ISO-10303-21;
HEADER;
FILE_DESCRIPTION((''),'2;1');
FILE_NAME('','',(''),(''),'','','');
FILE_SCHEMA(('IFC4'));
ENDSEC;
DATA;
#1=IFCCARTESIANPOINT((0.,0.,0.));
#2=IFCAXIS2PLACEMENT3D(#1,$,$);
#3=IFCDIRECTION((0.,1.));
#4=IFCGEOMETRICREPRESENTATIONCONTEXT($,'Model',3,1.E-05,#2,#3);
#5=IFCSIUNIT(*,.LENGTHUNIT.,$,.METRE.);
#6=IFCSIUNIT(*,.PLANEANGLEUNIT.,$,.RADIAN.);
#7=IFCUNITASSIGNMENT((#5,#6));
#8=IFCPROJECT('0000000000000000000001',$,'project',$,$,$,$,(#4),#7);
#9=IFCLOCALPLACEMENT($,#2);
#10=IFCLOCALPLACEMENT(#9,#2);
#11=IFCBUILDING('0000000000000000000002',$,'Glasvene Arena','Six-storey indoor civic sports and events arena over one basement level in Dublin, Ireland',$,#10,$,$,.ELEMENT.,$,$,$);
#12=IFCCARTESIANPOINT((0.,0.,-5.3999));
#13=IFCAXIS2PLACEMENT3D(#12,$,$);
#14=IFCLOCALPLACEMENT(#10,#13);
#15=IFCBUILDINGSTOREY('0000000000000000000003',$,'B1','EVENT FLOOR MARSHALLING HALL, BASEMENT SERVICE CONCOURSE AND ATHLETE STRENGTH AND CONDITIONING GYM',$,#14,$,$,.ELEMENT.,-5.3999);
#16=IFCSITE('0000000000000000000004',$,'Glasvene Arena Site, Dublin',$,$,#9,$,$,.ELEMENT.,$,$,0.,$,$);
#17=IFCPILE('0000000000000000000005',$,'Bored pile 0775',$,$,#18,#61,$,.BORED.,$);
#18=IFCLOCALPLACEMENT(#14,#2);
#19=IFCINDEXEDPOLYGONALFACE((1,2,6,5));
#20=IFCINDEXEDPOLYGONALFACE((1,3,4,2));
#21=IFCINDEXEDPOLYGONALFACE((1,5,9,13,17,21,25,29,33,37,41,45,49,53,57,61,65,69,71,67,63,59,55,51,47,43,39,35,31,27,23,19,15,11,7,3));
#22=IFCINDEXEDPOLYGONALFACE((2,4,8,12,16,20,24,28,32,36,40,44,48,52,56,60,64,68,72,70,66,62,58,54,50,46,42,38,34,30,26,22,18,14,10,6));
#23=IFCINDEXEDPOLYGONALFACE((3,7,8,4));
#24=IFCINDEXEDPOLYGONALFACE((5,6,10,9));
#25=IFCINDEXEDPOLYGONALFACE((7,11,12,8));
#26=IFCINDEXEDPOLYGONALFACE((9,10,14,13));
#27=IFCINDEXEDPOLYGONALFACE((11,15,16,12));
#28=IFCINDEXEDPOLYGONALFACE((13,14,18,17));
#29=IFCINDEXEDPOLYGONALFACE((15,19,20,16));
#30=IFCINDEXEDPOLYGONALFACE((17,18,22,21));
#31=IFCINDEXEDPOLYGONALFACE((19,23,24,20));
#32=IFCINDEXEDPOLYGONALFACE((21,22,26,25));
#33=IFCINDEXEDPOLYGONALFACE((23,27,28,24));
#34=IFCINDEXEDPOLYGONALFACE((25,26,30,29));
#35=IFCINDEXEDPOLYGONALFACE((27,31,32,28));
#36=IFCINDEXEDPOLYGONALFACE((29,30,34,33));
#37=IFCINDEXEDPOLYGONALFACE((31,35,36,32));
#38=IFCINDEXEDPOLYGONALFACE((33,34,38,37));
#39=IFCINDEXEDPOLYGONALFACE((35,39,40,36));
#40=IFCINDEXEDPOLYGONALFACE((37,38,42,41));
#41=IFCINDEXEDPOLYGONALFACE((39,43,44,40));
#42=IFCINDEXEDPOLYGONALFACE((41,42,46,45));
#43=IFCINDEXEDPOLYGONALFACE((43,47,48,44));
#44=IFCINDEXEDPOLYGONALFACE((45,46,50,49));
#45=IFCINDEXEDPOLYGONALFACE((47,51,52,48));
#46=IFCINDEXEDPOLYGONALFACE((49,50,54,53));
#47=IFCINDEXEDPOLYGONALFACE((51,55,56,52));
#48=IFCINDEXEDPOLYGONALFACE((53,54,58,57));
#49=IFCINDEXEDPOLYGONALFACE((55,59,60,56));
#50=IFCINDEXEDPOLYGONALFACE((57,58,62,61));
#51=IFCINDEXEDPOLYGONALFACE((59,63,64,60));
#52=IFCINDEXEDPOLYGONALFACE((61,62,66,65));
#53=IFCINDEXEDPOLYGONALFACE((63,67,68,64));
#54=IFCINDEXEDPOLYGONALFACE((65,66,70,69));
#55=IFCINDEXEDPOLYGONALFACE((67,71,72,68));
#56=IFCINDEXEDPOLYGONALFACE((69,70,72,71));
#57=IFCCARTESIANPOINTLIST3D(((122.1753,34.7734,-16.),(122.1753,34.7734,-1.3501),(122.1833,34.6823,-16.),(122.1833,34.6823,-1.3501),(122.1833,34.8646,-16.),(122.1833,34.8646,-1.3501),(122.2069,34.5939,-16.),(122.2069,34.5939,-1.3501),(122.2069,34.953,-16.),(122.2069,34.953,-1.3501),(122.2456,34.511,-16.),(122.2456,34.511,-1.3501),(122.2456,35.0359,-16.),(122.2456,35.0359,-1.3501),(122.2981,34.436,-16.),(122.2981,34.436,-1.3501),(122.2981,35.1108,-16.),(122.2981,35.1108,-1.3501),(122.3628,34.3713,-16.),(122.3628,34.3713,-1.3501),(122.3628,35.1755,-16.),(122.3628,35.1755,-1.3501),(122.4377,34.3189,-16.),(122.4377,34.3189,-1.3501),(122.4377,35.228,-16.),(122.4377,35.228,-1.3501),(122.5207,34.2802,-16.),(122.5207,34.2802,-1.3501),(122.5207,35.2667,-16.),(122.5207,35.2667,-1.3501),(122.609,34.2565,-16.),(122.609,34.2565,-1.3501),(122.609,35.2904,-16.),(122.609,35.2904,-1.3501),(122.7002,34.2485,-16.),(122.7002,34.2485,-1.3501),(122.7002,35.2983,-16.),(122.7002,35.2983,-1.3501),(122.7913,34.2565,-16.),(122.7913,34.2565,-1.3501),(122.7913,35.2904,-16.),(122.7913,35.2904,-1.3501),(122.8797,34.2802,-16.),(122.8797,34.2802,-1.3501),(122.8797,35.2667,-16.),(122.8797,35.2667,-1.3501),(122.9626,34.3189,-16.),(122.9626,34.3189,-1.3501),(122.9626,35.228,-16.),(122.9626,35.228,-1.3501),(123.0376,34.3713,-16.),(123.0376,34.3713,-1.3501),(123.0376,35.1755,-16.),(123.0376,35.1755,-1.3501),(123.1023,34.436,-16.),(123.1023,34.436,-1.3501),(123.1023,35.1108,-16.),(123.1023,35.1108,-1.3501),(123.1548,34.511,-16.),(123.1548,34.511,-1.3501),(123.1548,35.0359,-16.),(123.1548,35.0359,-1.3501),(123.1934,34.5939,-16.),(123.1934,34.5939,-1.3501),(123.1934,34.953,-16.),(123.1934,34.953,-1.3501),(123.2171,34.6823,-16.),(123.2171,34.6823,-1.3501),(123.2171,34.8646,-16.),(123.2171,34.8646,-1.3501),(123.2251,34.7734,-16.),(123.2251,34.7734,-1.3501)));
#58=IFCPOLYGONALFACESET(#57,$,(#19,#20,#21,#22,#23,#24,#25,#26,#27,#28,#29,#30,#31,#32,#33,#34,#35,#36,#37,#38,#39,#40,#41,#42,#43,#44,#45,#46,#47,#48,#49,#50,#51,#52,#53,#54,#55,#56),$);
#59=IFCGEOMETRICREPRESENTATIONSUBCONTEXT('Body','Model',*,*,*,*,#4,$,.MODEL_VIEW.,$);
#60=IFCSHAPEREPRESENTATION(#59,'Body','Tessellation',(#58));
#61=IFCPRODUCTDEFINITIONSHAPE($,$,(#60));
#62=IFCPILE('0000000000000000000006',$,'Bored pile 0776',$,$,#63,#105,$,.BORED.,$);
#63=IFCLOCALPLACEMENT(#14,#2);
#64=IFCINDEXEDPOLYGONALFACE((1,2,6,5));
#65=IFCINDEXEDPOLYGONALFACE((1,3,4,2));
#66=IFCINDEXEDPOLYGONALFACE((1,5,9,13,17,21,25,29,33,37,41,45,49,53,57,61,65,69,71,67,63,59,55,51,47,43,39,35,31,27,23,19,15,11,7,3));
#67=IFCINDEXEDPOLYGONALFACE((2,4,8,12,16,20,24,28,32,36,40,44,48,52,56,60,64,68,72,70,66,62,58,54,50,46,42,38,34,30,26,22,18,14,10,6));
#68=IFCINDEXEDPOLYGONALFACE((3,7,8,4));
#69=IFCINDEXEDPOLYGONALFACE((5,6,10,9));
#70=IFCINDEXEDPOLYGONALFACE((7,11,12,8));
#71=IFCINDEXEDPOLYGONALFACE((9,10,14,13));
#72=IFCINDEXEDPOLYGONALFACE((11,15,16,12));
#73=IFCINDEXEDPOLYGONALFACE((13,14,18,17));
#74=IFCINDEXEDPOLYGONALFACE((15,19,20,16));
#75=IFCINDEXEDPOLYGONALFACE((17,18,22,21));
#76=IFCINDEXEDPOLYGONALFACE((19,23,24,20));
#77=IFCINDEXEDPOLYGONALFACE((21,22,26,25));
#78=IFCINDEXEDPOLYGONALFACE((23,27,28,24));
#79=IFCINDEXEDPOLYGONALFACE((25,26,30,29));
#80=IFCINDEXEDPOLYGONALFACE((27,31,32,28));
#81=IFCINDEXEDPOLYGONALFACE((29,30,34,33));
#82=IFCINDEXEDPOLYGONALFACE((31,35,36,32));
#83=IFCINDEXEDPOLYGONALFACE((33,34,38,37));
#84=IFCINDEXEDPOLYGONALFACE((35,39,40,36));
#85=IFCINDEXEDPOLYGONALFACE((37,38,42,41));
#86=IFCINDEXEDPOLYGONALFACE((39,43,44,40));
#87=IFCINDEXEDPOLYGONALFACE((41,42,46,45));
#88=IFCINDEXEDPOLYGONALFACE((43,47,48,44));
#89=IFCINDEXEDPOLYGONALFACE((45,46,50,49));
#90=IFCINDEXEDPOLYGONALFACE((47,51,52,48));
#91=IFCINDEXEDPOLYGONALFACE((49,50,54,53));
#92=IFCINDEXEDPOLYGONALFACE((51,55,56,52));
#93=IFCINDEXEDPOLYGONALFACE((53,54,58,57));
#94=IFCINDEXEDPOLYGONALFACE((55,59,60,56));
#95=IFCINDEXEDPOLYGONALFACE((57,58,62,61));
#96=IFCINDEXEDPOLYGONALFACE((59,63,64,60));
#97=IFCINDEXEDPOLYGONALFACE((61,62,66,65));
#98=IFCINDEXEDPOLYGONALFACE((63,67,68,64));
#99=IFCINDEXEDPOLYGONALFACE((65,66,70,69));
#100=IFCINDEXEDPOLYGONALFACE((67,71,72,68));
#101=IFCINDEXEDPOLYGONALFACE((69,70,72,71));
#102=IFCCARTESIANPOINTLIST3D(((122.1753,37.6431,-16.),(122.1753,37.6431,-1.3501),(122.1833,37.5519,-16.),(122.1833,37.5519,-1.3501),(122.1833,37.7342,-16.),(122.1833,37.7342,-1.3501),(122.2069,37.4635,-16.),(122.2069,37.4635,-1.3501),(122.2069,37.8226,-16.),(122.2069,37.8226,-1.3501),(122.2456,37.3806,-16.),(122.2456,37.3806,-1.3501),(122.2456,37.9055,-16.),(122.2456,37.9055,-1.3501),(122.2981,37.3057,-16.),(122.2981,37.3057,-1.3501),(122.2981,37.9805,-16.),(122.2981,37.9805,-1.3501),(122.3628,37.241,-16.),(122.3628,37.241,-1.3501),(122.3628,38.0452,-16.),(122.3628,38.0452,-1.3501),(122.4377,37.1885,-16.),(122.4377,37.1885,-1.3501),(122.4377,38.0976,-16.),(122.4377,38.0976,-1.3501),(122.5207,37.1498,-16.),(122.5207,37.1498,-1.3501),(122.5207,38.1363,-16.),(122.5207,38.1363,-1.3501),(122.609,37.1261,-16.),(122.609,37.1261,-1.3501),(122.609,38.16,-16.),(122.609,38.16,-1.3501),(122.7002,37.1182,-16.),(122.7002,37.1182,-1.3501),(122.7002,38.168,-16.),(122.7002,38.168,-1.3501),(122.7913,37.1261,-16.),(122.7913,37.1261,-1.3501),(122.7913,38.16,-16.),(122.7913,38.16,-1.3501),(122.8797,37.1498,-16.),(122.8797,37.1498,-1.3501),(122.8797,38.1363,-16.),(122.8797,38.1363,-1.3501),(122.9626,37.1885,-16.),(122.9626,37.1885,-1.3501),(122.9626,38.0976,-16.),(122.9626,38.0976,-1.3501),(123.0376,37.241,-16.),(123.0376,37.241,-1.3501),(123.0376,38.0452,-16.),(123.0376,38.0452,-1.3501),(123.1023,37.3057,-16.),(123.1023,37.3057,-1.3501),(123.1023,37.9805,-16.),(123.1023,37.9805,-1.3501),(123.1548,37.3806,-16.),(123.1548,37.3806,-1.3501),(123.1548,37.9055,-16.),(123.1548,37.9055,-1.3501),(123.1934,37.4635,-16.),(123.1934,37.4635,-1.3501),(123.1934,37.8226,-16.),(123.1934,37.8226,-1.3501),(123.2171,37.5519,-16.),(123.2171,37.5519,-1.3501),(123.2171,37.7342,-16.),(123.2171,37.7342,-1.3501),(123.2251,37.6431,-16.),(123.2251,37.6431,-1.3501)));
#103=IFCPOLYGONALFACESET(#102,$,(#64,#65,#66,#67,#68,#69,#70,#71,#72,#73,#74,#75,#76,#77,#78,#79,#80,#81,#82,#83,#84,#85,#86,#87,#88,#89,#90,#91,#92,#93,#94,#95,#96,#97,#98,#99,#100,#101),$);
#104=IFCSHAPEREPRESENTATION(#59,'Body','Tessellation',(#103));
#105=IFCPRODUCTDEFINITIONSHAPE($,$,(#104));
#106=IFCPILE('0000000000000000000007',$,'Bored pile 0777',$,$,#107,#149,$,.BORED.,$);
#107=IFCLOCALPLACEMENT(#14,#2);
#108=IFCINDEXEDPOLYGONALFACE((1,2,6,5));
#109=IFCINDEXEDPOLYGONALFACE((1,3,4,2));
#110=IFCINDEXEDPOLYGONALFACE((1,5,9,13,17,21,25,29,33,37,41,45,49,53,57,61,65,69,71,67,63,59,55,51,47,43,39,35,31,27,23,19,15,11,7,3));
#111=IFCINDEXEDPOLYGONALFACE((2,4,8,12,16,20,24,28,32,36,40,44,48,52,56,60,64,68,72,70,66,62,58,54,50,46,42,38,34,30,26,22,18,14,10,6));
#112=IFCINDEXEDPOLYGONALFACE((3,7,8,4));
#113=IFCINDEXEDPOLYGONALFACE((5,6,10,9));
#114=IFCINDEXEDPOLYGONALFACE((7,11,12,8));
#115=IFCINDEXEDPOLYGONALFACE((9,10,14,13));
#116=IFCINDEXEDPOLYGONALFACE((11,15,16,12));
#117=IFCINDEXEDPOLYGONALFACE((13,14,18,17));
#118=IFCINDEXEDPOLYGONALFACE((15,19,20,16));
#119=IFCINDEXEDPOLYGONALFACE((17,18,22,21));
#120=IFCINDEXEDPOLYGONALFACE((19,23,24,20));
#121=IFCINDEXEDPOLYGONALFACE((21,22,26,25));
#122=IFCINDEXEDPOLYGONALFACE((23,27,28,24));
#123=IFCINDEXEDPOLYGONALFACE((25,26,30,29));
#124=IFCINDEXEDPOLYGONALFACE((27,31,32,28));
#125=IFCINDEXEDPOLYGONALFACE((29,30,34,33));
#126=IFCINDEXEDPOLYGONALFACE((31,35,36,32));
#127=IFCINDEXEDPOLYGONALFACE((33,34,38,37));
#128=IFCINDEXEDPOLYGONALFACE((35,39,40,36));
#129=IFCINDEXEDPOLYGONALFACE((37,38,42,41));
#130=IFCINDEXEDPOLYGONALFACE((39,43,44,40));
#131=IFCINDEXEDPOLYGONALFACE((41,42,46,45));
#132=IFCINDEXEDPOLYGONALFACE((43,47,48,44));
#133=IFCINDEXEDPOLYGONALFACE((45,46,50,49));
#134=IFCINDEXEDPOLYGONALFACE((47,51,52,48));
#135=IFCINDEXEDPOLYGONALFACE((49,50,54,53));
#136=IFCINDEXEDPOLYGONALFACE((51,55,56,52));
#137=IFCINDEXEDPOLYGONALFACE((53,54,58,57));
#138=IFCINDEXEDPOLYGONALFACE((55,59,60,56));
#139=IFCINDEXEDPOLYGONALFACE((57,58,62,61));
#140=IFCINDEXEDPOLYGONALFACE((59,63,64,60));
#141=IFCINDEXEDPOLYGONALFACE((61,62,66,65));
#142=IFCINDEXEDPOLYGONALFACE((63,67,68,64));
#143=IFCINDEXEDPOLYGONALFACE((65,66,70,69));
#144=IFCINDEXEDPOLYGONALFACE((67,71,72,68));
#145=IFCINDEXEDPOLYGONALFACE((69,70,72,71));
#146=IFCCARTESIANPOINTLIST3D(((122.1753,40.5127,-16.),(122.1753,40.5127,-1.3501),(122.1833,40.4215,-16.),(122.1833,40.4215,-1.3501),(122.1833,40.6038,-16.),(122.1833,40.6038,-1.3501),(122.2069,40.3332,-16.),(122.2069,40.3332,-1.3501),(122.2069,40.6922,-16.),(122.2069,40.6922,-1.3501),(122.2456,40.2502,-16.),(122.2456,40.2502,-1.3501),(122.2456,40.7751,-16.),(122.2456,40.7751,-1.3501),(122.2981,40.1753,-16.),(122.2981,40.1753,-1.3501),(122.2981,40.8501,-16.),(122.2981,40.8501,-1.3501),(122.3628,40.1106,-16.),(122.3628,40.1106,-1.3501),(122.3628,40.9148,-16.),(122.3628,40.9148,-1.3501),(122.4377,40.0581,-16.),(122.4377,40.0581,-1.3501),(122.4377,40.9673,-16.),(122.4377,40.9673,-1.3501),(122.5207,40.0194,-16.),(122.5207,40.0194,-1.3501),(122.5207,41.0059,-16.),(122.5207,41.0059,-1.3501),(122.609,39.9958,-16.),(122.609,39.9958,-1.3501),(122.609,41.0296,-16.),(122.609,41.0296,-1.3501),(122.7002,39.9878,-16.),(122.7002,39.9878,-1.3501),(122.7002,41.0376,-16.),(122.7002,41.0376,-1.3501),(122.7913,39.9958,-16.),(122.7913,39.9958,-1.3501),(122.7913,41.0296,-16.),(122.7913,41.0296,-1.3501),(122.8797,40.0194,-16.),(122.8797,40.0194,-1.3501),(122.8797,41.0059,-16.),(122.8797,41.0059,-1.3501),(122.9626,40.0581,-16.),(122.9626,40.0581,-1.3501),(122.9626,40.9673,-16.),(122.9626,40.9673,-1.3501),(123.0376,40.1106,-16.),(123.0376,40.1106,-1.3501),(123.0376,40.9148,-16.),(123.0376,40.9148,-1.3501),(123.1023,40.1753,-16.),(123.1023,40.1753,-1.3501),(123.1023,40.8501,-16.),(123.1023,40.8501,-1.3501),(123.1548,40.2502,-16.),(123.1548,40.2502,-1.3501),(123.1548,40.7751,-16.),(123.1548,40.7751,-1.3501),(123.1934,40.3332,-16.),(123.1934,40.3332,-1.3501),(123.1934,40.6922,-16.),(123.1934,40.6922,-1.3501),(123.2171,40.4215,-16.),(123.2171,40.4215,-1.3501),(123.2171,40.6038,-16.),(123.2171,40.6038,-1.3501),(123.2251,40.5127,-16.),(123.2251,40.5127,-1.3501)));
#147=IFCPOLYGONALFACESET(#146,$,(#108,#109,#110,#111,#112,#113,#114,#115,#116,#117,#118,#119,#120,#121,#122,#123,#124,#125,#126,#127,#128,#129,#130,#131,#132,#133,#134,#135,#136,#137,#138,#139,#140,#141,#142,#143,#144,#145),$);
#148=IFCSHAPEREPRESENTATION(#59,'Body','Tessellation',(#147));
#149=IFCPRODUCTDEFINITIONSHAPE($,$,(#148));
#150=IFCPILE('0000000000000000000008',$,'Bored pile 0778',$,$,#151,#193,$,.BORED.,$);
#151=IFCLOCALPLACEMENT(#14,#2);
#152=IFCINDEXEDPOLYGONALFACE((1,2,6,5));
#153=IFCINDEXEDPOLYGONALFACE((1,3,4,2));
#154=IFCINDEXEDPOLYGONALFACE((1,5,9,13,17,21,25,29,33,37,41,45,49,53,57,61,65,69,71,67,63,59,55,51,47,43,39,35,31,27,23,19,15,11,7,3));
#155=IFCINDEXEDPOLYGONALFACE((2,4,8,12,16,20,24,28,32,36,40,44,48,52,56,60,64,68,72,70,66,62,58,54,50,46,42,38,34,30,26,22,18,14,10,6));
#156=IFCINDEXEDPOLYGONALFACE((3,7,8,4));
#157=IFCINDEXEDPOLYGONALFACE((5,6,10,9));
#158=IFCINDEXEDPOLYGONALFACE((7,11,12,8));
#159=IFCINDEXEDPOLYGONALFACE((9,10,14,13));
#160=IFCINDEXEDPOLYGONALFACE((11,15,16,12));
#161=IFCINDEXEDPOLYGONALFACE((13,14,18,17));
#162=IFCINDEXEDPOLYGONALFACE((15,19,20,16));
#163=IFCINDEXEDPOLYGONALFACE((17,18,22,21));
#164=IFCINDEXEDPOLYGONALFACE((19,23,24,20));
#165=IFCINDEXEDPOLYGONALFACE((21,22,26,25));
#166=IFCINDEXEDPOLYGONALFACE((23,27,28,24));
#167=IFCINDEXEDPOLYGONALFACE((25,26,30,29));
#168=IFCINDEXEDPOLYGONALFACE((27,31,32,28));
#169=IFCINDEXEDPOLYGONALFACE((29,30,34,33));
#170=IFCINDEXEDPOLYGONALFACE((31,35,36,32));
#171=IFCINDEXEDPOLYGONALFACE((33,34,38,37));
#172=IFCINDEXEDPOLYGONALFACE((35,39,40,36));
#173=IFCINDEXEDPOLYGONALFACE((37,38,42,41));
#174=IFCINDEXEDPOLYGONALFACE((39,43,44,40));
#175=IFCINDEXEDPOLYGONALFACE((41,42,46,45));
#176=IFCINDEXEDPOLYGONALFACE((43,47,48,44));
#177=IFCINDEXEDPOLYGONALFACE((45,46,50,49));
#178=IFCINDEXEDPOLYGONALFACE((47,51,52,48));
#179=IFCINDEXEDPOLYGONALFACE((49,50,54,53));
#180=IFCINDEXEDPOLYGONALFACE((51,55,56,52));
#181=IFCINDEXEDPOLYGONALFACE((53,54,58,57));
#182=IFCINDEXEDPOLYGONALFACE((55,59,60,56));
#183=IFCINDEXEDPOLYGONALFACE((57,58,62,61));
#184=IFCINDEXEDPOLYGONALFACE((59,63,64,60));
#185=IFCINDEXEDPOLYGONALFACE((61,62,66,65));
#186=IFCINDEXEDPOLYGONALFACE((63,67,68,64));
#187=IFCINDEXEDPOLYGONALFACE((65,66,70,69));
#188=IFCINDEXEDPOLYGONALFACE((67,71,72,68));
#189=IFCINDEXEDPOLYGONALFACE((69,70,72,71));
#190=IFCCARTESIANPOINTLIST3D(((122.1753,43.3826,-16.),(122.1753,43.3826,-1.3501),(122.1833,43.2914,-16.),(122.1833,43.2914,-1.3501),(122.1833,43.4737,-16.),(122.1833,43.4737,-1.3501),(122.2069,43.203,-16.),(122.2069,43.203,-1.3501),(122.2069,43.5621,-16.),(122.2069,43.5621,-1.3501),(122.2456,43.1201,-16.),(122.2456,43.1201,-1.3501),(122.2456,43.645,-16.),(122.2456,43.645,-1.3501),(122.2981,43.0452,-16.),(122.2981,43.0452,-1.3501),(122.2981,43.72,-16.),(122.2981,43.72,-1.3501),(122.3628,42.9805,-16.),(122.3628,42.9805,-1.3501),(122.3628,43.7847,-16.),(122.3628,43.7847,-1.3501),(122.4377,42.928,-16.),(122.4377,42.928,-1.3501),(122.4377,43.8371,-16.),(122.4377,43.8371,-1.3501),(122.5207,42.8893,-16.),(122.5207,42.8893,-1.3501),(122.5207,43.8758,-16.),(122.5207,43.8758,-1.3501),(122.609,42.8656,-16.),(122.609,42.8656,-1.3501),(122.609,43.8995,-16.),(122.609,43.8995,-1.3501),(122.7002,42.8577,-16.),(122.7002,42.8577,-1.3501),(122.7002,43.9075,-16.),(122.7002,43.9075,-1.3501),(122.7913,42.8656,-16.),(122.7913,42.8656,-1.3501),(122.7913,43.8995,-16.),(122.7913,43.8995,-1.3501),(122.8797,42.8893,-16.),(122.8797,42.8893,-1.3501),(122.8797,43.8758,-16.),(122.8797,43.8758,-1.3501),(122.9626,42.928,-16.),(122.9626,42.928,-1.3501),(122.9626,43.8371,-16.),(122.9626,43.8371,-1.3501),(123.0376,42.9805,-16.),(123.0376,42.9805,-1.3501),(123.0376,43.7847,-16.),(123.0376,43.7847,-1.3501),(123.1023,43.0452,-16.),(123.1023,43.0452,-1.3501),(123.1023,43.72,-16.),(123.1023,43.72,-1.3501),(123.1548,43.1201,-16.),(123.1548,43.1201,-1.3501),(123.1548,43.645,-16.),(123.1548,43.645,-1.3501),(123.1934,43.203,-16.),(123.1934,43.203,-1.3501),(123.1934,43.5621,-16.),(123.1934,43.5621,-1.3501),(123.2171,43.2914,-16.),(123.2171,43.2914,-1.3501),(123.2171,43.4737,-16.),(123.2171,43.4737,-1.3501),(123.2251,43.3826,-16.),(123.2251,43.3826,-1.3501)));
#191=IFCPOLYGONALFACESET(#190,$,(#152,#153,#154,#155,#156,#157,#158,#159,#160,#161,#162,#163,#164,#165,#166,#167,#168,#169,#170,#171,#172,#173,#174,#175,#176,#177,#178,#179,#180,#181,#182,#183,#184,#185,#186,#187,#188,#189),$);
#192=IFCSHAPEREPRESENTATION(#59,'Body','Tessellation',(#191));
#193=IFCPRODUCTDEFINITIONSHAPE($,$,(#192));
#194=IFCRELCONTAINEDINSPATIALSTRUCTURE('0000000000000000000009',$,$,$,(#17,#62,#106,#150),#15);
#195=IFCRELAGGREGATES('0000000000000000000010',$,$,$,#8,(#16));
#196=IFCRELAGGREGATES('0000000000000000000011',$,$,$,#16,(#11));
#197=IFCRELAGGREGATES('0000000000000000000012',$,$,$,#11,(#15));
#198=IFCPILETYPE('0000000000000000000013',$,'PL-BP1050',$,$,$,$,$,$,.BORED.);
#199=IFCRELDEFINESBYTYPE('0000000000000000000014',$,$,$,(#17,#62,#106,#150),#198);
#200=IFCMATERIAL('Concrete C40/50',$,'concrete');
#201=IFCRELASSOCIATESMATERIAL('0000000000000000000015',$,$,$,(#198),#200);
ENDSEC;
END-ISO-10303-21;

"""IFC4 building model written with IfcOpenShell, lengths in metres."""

from ifc_helpers import new_model, si_unit, direction, frame, origin, origin_2d, place, context, subcontext, project, spatial, circle, extrude, material, material_profile, profile_set, type_object, element, save


model = new_model("IFC4")

# Units and contexts
model_context = context("Model", 3, precision=1e-05, world=origin(), true_north=direction((0.0, 1.0)))
body_context = subcontext(model_context, "Body", "Model", "MODEL_VIEW")
ifc_project = project(units=[si_unit("LENGTHUNIT", "METRE"), si_unit("PLANEANGLEUNIT", "RADIAN")], contexts=[model_context])

# Site, building, storey
site_placement = place(None, origin())
site = spatial("IfcSite", under=ifc_project, at=site_placement, Name="Glasvene Arena Site, Dublin", CompositionType="ELEMENT", RefElevation=0.0)
building_placement = place(site_placement, origin())
building = spatial("IfcBuilding", under=site, at=building_placement, Name="Glasvene Arena", Description="Six-storey indoor civic sports and events arena over one basement level in Dublin, Ireland", CompositionType="ELEMENT")
storey_placement = place(building_placement, frame((0.0, 0.0, -5.3999)))
storey = spatial("IfcBuildingStorey", under=building, at=storey_placement, Name="B1", Description="EVENT FLOOR MARSHALLING HALL, BASEMENT SERVICE CONCOURSE AND ATHLETE STRENGTH AND CONDITIONING GYM", CompositionType="ELEMENT", Elevation=-5.3999)

# Piles
ifc_material_1 = material(Name="Concrete C40/50", Category="concrete")
ifc_material_profile_1 = material_profile(ifc_material_1, circle(Radius=0.5249, at=origin_2d()), Name="BORED PILE 1050")
ifc_profile_set_1 = profile_set([ifc_material_profile_1], Name="Concrete C40/50")
pile_type = type_object("IfcPileType", Name="PL-BP1050", PredefinedType="BORED", material=ifc_profile_set_1)
for number, where, z_axis, x_axis, name in (
    (1, (122.7002, 34.7734, -1.3501), (0.0, 0.0, -1.0), (1.0, 0.0, 0.0), "Bored pile 0775"),
    (2, (122.7002, 37.6431, -1.3501), (0.0, 0.0, -1.0), (1.0, 0.0, 0.0), "Bored pile 0776"),
    (3, (122.7002, 40.5127, -1.3501), (0.0, 0.0, -1.0), (1.0, 0.0, 0.0), "Bored pile 0777"),
    (4, (122.7002, 43.3826, -1.3501), (0.0, 0.0, -1.0), (1.0, 0.0, 0.0), "Bored pile 0778"),
):
    element("IfcPile", number, at=place(storey_placement, frame(where, z_axis=z_axis, x_axis=x_axis)), inside=storey, type_object=pile_type, Name=name, PredefinedType="BORED", context=body_context, shape_type="SweptSolid", body=[
        extrude(circle(Radius=0.5249, at=origin_2d()), origin(), (0.0, 0.0, 1.0), 14.6499),
    ])

save(model, "model.ifc")
